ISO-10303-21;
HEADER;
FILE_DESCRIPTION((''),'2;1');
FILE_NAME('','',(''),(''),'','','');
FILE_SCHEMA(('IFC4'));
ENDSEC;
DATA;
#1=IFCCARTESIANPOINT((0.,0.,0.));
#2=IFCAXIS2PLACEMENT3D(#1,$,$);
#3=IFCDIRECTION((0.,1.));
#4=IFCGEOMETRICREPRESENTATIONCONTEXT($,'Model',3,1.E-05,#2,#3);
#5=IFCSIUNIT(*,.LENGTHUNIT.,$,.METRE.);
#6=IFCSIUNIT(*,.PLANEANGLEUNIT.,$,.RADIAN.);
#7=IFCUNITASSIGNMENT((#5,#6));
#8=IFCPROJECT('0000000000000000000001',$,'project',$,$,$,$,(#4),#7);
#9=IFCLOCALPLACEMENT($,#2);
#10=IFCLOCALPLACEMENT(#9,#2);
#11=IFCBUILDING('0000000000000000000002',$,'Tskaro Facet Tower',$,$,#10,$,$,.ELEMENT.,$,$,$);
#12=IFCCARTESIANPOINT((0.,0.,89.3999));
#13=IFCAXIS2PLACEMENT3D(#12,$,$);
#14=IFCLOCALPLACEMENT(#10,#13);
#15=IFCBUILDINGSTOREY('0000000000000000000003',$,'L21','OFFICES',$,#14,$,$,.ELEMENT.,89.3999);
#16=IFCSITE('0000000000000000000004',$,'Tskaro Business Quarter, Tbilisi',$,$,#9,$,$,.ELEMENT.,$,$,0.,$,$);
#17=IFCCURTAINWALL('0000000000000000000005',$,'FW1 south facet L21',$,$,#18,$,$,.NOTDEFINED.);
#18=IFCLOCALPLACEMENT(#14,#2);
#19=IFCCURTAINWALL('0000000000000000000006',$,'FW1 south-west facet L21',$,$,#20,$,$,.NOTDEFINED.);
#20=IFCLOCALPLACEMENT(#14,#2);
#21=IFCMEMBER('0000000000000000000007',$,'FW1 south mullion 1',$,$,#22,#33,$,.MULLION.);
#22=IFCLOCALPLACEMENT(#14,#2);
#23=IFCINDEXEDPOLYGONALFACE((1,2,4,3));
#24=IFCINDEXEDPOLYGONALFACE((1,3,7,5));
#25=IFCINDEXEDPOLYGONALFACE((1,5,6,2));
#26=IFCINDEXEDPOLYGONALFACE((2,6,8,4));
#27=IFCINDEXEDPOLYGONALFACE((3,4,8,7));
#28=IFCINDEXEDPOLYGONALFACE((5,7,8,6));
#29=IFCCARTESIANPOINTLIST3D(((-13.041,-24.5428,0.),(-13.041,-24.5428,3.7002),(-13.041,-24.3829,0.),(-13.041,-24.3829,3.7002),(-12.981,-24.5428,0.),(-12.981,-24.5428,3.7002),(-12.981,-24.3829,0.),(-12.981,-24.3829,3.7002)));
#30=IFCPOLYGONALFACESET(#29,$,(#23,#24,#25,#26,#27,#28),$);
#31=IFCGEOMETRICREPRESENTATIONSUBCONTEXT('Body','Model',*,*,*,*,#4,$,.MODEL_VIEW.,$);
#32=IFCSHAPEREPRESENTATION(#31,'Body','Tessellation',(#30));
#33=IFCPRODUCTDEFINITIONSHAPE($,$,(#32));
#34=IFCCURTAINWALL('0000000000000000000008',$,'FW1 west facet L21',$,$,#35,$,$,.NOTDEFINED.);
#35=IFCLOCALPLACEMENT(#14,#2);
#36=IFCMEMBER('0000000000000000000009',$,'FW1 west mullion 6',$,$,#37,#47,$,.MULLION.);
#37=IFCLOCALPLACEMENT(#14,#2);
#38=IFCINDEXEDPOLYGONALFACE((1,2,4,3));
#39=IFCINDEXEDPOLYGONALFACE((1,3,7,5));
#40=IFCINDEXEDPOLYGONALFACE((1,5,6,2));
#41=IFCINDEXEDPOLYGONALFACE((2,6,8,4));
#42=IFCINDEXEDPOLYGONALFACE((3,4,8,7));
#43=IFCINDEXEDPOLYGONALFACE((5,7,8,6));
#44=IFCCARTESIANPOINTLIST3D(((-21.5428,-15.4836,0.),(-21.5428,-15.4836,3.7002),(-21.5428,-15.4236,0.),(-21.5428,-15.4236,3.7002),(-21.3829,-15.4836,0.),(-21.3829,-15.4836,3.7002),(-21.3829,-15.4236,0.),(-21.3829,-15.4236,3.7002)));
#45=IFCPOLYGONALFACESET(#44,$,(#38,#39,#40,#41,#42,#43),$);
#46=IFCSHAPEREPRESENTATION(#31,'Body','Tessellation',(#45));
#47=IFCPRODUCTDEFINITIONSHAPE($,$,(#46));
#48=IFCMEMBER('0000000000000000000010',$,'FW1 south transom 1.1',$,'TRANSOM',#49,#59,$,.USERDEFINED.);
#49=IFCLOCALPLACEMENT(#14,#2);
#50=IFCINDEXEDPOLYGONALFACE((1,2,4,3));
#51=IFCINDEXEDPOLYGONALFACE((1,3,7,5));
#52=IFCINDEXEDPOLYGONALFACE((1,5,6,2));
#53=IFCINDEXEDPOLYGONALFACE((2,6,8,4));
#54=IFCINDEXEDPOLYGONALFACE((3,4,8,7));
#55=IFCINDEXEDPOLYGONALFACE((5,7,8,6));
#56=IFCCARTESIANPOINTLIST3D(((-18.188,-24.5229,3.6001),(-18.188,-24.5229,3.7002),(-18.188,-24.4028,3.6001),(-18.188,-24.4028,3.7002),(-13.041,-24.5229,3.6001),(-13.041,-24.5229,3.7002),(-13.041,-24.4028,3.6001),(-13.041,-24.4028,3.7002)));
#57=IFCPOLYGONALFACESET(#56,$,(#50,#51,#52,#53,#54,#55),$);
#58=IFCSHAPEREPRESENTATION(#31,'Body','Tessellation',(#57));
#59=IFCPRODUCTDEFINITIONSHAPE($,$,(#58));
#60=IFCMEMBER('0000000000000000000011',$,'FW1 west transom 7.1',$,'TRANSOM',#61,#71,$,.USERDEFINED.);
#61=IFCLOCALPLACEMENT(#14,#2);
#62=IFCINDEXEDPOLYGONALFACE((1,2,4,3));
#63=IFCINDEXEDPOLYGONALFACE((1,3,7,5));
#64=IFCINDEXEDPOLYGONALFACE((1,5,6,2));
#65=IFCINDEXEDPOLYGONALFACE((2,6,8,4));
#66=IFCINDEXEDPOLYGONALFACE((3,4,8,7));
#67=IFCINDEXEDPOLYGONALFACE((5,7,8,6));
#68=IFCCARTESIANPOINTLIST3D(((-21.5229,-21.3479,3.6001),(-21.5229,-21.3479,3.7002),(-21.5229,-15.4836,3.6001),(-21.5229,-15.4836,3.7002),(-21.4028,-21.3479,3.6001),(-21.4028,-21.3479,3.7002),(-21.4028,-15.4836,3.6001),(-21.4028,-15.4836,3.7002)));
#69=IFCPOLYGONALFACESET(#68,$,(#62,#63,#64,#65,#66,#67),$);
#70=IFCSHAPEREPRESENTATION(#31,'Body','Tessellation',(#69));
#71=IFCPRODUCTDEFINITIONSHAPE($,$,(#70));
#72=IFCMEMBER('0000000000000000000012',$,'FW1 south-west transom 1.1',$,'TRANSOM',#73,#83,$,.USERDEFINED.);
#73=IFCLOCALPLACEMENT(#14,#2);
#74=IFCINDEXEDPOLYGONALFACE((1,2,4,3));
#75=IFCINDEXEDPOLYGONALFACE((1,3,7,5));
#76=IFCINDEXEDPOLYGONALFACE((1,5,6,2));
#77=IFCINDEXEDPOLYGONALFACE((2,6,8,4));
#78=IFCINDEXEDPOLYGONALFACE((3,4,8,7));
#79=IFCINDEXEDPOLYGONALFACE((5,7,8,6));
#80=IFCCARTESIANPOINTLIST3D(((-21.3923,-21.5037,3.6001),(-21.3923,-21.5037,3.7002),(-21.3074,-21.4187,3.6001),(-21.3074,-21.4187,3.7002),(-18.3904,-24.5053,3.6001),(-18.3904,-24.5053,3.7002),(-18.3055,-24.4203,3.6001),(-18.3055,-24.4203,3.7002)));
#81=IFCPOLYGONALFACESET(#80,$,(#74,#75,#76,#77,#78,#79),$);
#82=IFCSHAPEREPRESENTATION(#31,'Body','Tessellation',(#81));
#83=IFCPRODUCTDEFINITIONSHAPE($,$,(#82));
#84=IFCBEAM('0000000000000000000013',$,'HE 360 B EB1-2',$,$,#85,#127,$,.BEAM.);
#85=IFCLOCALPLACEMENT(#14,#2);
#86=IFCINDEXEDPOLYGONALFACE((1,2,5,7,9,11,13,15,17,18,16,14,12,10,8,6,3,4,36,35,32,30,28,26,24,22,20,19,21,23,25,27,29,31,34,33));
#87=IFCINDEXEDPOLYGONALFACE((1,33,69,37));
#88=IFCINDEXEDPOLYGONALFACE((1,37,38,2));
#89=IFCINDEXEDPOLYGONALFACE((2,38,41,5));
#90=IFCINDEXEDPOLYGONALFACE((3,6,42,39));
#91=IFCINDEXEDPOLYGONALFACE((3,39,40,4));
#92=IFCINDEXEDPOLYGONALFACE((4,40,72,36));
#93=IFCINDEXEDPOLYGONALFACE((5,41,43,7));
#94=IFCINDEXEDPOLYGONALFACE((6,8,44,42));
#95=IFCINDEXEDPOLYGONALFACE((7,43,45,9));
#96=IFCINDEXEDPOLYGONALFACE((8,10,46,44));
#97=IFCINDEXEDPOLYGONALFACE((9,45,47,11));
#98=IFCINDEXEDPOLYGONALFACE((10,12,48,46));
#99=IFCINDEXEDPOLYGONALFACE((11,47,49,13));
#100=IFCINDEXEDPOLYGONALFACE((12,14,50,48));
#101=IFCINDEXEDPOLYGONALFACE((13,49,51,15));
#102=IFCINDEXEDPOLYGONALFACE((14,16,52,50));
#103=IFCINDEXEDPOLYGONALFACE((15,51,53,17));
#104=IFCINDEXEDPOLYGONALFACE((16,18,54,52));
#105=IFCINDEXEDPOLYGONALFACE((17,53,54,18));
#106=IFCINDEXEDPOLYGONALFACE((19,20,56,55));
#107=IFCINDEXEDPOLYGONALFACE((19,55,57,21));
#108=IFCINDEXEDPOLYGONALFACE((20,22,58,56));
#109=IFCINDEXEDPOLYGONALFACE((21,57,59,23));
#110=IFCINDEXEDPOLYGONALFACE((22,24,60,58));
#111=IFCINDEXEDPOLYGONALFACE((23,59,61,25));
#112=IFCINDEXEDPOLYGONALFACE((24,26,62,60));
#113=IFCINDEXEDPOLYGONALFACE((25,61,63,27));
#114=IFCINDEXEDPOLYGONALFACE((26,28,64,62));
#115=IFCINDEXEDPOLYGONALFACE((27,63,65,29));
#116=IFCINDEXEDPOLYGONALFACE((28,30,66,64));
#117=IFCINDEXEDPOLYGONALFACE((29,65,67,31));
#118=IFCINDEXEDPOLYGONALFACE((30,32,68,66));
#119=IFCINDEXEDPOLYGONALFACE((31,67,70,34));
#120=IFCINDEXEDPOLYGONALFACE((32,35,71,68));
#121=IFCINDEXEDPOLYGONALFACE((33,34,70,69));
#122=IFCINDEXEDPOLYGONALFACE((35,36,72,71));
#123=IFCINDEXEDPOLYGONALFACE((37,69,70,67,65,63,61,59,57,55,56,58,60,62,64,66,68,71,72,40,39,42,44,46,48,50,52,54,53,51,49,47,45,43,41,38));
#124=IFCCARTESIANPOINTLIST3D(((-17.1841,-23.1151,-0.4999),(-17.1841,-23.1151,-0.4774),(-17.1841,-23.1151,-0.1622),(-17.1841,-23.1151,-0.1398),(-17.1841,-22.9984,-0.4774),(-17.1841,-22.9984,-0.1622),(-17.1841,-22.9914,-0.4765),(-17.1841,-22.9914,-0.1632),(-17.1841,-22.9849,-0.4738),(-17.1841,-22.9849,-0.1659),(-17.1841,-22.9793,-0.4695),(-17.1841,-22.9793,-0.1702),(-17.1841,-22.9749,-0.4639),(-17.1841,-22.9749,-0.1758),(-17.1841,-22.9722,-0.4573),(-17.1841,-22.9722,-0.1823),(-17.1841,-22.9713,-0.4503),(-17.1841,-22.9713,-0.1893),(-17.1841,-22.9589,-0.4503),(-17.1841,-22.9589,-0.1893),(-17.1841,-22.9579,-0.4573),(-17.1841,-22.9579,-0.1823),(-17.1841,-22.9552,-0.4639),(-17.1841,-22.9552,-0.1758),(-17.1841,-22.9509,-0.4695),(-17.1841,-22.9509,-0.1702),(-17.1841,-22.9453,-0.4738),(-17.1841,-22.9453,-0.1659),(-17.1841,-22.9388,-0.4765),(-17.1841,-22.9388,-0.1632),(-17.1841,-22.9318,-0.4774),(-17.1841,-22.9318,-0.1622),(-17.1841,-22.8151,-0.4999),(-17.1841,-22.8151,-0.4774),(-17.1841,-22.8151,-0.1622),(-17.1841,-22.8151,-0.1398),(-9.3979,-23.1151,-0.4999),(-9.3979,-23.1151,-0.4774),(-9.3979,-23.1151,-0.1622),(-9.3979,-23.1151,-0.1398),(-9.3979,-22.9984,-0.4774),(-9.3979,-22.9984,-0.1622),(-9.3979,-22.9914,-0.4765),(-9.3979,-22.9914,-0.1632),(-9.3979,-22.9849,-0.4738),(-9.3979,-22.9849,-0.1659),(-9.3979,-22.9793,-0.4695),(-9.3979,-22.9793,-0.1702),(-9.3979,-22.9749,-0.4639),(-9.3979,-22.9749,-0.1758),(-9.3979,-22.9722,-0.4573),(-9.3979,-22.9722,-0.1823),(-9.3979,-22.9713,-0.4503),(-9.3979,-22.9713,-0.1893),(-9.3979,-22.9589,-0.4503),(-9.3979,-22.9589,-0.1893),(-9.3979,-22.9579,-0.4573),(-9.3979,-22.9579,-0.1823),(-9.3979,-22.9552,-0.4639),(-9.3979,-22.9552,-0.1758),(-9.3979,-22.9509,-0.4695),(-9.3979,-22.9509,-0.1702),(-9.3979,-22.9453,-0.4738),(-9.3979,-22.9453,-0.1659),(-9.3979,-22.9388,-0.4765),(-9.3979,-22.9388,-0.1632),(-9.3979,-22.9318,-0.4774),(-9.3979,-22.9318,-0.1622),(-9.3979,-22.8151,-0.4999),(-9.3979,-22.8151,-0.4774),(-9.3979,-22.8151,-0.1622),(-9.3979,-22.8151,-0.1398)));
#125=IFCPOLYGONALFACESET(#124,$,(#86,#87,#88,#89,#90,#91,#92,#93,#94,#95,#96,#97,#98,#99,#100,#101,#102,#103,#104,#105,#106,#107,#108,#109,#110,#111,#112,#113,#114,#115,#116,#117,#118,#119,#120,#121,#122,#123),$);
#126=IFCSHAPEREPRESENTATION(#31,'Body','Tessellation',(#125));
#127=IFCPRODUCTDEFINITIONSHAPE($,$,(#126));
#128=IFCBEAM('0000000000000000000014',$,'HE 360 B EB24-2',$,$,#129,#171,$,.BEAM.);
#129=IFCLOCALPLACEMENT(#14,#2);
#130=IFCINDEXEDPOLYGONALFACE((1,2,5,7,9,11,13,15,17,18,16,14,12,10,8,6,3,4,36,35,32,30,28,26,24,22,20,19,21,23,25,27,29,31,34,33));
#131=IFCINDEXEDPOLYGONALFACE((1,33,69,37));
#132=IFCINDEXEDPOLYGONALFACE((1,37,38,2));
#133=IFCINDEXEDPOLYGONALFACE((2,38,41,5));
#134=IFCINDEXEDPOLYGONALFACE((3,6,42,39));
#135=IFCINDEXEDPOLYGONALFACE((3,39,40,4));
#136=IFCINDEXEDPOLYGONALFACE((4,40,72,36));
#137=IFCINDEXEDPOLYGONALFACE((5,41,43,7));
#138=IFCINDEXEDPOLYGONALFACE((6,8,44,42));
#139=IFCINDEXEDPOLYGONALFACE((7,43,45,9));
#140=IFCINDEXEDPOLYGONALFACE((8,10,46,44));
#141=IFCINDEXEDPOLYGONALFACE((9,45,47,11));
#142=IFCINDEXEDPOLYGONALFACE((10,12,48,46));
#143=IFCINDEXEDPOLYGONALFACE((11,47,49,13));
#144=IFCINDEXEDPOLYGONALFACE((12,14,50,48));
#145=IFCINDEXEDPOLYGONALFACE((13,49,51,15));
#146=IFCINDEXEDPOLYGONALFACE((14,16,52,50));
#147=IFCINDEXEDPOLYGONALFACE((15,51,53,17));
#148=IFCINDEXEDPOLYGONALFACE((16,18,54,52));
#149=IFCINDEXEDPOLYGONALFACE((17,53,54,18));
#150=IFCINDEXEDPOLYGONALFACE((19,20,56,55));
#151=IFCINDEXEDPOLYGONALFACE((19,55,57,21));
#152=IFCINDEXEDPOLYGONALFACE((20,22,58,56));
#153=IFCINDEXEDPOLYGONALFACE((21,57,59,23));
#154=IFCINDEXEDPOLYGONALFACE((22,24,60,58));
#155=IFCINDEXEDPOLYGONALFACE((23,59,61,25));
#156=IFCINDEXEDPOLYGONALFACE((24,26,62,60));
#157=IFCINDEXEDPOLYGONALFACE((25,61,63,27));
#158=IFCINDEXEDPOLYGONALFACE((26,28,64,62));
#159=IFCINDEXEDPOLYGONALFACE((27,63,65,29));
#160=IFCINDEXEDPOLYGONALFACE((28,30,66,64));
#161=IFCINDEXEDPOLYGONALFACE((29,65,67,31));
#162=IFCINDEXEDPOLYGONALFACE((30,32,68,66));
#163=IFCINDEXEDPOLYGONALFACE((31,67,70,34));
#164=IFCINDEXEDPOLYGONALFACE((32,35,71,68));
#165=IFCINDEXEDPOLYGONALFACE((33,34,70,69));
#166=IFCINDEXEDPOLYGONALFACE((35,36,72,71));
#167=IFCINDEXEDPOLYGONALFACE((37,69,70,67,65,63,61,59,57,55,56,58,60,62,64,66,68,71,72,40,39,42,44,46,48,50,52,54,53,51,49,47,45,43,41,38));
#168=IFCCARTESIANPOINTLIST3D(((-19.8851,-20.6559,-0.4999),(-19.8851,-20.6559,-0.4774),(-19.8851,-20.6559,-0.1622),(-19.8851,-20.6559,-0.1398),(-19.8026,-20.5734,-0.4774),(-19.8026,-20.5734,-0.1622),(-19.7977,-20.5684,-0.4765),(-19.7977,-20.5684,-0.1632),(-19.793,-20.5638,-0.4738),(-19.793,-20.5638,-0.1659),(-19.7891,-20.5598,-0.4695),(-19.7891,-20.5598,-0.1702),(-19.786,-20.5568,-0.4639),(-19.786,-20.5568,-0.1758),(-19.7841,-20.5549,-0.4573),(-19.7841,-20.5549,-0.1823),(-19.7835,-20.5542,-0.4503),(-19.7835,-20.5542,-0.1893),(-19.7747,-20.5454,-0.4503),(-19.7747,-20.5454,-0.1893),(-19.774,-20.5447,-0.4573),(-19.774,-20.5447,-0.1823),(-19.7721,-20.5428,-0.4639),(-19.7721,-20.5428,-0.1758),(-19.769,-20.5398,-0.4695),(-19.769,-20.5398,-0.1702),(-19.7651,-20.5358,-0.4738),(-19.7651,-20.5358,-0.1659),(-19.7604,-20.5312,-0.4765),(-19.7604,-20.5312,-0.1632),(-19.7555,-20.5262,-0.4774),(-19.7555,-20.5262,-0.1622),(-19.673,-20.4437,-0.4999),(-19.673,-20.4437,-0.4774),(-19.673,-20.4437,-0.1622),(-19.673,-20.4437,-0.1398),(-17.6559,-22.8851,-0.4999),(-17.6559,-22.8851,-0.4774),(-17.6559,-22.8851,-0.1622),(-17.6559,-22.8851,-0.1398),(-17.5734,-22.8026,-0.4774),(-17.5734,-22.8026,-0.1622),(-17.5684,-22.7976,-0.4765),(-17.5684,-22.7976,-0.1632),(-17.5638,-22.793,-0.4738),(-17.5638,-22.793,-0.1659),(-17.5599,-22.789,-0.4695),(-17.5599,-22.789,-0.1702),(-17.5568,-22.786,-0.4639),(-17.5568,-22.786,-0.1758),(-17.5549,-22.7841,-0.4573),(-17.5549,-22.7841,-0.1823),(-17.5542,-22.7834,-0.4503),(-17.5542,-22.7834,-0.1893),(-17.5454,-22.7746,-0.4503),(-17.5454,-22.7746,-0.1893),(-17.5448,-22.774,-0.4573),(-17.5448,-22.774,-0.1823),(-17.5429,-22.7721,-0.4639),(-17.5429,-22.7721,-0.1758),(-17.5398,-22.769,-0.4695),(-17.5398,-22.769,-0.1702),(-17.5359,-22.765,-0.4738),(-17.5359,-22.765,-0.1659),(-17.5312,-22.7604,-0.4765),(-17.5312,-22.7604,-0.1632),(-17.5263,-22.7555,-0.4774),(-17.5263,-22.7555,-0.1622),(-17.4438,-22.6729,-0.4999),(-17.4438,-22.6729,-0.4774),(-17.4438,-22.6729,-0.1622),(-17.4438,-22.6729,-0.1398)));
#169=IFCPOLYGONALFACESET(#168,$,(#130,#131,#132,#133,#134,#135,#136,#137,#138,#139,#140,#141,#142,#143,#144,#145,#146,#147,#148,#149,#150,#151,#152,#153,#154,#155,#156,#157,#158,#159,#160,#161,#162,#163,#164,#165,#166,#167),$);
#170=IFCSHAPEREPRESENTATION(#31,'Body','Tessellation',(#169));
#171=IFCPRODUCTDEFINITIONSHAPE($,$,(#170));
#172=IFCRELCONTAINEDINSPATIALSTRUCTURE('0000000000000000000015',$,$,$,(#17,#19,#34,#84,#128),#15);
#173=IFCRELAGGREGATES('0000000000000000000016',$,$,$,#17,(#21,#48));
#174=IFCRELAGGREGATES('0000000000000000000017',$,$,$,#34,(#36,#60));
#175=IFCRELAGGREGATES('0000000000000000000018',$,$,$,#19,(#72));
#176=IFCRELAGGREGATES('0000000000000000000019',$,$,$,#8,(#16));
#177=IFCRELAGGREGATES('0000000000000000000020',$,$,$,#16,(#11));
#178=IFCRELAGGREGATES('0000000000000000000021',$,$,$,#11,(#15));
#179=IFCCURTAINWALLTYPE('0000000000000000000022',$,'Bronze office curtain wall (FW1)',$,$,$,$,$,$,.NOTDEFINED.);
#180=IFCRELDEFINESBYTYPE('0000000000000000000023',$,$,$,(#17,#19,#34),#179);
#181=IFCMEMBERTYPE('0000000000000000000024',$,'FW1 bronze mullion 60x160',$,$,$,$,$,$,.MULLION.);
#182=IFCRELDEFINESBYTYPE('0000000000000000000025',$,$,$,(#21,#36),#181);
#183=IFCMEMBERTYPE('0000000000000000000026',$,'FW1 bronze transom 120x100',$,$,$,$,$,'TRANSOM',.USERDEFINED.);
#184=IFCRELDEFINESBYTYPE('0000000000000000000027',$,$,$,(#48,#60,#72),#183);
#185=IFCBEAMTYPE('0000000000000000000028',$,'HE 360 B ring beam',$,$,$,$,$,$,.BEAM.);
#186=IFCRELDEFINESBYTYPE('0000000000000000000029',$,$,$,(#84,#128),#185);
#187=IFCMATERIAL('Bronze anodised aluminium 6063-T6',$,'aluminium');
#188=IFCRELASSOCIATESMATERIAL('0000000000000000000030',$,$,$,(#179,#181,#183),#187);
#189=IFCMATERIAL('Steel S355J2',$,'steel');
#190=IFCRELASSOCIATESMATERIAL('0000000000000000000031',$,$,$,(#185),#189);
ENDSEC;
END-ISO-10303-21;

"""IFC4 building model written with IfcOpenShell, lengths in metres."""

from ifc_helpers import new_model, si_unit, direction, frame, origin, origin_2d, place, context, subcontext, project, spatial, rectangle, i_section, extrude, material, material_profile, profile_set, type_object, element, aggregate, save


model = new_model("IFC4")

# Units and contexts
model_context = context("Model", 3, precision=1e-05, world=origin(), true_north=direction((0.0, 1.0)))
body_context = subcontext(model_context, "Body", "Model", "MODEL_VIEW")
ifc_project = project(units=[si_unit("LENGTHUNIT", "METRE"), si_unit("PLANEANGLEUNIT", "RADIAN")], contexts=[model_context])

# Site, building, storey
site_placement = place(None, origin())
site = spatial("IfcSite", under=ifc_project, at=site_placement, Name="Tskaro Business Quarter, Tbilisi", CompositionType="ELEMENT", RefElevation=0.0)
building_placement = place(site_placement, origin())
building = spatial("IfcBuilding", under=site, at=building_placement, Name="Tskaro Facet Tower", CompositionType="ELEMENT")
storey_placement = place(building_placement, frame((0.0, 0.0, 89.3999)))
storey = spatial("IfcBuildingStorey", under=building, at=storey_placement, Name="L21", Description="OFFICES", CompositionType="ELEMENT", Elevation=89.3999)

# Curtain walls
ifc_material_1 = material(Name="Bronze anodised aluminium 6063-T6", Category="aluminium")
curtain_wall_type = type_object("IfcCurtainWallType", Name="Bronze office curtain wall (FW1)", PredefinedType="NOTDEFINED", material=ifc_material_1)
curtain_wall_1_placement = place(storey_placement, origin())
curtain_wall_1 = element("IfcCurtainWall", 1, at=curtain_wall_1_placement, inside=storey, type_object=curtain_wall_type, Name="FW1 south facet L21", PredefinedType="NOTDEFINED")
curtain_wall_2_placement = place(storey_placement, origin())
curtain_wall_2 = element("IfcCurtainWall", 2, at=curtain_wall_2_placement, inside=storey, type_object=curtain_wall_type, Name="FW1 south-west facet L21", PredefinedType="NOTDEFINED")

# Member
ifc_material_profile_1 = material_profile(ifc_material_1, rectangle(XDim=0.0601, YDim=0.1599, at=origin_2d()), Name="Mullion 60x160")
ifc_profile_set_1 = profile_set([ifc_material_profile_1], Name="Bronze anodised aluminium 6063-T6")
member_type_1 = type_object("IfcMemberType", Name="FW1 bronze mullion 60x160", PredefinedType="MULLION", material=ifc_profile_set_1)
member_1_placement = place(storey_placement, frame((-13.011, -24.4629, 0.0), z_axis=(0.0, 0.0, 1.0), x_axis=(1.0, 0.0, 0.0)))
member_1 = element("IfcMember", 3, at=member_1_placement, type_object=member_type_1, Name="FW1 south mullion 1", PredefinedType="MULLION", context=body_context, shape_type="SweptSolid", body=[
    extrude(rectangle(XDim=0.0601, YDim=0.1599, at=origin_2d()), origin(), (0.0, 0.0, 1.0), 3.7002),
])

# Curtain wall, member
curtain_wall_3_placement = place(storey_placement, origin())
curtain_wall_3 = element("IfcCurtainWall", 4, at=curtain_wall_3_placement, inside=storey, type_object=curtain_wall_type, Name="FW1 west facet L21", PredefinedType="NOTDEFINED")
member_2_placement = place(storey_placement, frame((-21.4629, -15.4536, 0.0), z_axis=(0.0, 0.0, 1.0), x_axis=(0.0, -1.0, 0.0)))
member_2 = element("IfcMember", 5, at=member_2_placement, type_object=member_type_1, Name="FW1 west mullion 6", PredefinedType="MULLION", context=body_context, shape_type="SweptSolid", body=[
    extrude(rectangle(XDim=0.0601, YDim=0.1599, at=origin_2d()), origin(), (0.0, 0.0, 1.0), 3.7002),
])

# Members
ifc_material_profile_2 = material_profile(ifc_material_1, rectangle(XDim=0.1201, YDim=0.1001, at=origin_2d()), Name="Transom 120x100")
ifc_profile_set_2 = profile_set([ifc_material_profile_2], Name="Bronze anodised aluminium 6063-T6")
member_type_2 = type_object("IfcMemberType", Name="FW1 bronze transom 120x100", ElementType="TRANSOM", PredefinedType="USERDEFINED", material=ifc_profile_set_2)
member_3_placement = place(storey_placement, frame((-18.188, -24.4629, 3.6501), z_axis=(1.0, 0.0, 0.0), x_axis=(0.0, 1.0, 0.0)))
member_3 = element("IfcMember", 6, at=member_3_placement, type_object=member_type_2, Name="FW1 south transom 1.1", ObjectType="TRANSOM", PredefinedType="USERDEFINED", context=body_context, shape_type="SweptSolid", body=[
    extrude(rectangle(XDim=0.1201, YDim=0.1001, at=origin_2d()), origin(), (0.0, 0.0, 1.0), 5.147),
])
member_4_placement = place(storey_placement, frame((-21.4629, -15.4836, 3.6501), z_axis=(0.0, -1.0, 0.0), x_axis=(1.0, 0.0, 0.0)))
member_4 = element("IfcMember", 7, at=member_4_placement, type_object=member_type_2, Name="FW1 west transom 7.1", ObjectType="TRANSOM", PredefinedType="USERDEFINED", context=body_context, shape_type="SweptSolid", body=[
    extrude(rectangle(XDim=0.1201, YDim=0.1001, at=origin_2d()), origin(), (0.0, 0.0, 1.0), 5.8643),
])
member_5_placement = place(storey_placement, frame((-21.3499, -21.4612, 3.6501), z_axis=(0.707136, -0.707078, 0.0), x_axis=(0.707078, 0.707136, 0.0)))
member_5 = element("IfcMember", 8, at=member_5_placement, type_object=member_type_2, Name="FW1 south-west transom 1.1", ObjectType="TRANSOM", PredefinedType="USERDEFINED", context=body_context, shape_type="SweptSolid", body=[
    extrude(rectangle(XDim=0.1201, YDim=0.1001, at=origin_2d()), origin(), (0.0, 0.0, 1.0), 4.2451),
])

# Beams
ifc_material_2 = material(Name="Steel S355J2", Category="steel")
ifc_material_profile_3 = material_profile(ifc_material_2, i_section(OverallWidth=0.3, OverallDepth=0.3601, WebThickness=0.0125, FlangeThickness=0.0225, FilletRadius=0.0271, at=origin_2d()), Name="HE 360 B")
ifc_profile_set_3 = profile_set([ifc_material_profile_3], Name="Steel S355J2")
beam_type_1 = type_object("IfcBeamType", Name="HE 360 B ring beam", PredefinedType="BEAM", material=ifc_profile_set_3)
beam_1_placement = place(storey_placement, frame((-17.1841, -22.9651, -0.3198), z_axis=(1.0, 0.0, 0.0), x_axis=(0.0, 1.0, 0.0)))
element("IfcBeam", 9, at=beam_1_placement, inside=storey, type_object=beam_type_1, Name="HE 360 B EB1-2", PredefinedType="BEAM", context=body_context, shape_type="SweptSolid", body=[
    extrude(i_section(OverallWidth=0.3, OverallDepth=0.3601, WebThickness=0.0125, FlangeThickness=0.0225, FilletRadius=0.0271, at=origin_2d()), origin(), (0.0, 0.0, 1.0), 7.7861),
])
beam_2_placement = place(storey_placement, frame((-19.7791, -20.5498, -0.3198), z_axis=(0.707107, -0.707107, 0.0), x_axis=(0.707107, 0.707107, 0.0)))
element("IfcBeam", 10, at=beam_2_placement, inside=storey, type_object=beam_type_1, Name="HE 360 B EB24-2", PredefinedType="BEAM", context=body_context, shape_type="SweptSolid", body=[
    extrude(i_section(OverallWidth=0.3, OverallDepth=0.3601, WebThickness=0.0125, FlangeThickness=0.0225, FilletRadius=0.0271, at=origin_2d()), origin(), (0.0, 0.0, 1.0), 3.1526),
])

aggregate(curtain_wall_1, [member_1, member_3])
aggregate(curtain_wall_3, [member_2, member_4])
aggregate(curtain_wall_2, [member_5])

save(model, "model.ifc")
